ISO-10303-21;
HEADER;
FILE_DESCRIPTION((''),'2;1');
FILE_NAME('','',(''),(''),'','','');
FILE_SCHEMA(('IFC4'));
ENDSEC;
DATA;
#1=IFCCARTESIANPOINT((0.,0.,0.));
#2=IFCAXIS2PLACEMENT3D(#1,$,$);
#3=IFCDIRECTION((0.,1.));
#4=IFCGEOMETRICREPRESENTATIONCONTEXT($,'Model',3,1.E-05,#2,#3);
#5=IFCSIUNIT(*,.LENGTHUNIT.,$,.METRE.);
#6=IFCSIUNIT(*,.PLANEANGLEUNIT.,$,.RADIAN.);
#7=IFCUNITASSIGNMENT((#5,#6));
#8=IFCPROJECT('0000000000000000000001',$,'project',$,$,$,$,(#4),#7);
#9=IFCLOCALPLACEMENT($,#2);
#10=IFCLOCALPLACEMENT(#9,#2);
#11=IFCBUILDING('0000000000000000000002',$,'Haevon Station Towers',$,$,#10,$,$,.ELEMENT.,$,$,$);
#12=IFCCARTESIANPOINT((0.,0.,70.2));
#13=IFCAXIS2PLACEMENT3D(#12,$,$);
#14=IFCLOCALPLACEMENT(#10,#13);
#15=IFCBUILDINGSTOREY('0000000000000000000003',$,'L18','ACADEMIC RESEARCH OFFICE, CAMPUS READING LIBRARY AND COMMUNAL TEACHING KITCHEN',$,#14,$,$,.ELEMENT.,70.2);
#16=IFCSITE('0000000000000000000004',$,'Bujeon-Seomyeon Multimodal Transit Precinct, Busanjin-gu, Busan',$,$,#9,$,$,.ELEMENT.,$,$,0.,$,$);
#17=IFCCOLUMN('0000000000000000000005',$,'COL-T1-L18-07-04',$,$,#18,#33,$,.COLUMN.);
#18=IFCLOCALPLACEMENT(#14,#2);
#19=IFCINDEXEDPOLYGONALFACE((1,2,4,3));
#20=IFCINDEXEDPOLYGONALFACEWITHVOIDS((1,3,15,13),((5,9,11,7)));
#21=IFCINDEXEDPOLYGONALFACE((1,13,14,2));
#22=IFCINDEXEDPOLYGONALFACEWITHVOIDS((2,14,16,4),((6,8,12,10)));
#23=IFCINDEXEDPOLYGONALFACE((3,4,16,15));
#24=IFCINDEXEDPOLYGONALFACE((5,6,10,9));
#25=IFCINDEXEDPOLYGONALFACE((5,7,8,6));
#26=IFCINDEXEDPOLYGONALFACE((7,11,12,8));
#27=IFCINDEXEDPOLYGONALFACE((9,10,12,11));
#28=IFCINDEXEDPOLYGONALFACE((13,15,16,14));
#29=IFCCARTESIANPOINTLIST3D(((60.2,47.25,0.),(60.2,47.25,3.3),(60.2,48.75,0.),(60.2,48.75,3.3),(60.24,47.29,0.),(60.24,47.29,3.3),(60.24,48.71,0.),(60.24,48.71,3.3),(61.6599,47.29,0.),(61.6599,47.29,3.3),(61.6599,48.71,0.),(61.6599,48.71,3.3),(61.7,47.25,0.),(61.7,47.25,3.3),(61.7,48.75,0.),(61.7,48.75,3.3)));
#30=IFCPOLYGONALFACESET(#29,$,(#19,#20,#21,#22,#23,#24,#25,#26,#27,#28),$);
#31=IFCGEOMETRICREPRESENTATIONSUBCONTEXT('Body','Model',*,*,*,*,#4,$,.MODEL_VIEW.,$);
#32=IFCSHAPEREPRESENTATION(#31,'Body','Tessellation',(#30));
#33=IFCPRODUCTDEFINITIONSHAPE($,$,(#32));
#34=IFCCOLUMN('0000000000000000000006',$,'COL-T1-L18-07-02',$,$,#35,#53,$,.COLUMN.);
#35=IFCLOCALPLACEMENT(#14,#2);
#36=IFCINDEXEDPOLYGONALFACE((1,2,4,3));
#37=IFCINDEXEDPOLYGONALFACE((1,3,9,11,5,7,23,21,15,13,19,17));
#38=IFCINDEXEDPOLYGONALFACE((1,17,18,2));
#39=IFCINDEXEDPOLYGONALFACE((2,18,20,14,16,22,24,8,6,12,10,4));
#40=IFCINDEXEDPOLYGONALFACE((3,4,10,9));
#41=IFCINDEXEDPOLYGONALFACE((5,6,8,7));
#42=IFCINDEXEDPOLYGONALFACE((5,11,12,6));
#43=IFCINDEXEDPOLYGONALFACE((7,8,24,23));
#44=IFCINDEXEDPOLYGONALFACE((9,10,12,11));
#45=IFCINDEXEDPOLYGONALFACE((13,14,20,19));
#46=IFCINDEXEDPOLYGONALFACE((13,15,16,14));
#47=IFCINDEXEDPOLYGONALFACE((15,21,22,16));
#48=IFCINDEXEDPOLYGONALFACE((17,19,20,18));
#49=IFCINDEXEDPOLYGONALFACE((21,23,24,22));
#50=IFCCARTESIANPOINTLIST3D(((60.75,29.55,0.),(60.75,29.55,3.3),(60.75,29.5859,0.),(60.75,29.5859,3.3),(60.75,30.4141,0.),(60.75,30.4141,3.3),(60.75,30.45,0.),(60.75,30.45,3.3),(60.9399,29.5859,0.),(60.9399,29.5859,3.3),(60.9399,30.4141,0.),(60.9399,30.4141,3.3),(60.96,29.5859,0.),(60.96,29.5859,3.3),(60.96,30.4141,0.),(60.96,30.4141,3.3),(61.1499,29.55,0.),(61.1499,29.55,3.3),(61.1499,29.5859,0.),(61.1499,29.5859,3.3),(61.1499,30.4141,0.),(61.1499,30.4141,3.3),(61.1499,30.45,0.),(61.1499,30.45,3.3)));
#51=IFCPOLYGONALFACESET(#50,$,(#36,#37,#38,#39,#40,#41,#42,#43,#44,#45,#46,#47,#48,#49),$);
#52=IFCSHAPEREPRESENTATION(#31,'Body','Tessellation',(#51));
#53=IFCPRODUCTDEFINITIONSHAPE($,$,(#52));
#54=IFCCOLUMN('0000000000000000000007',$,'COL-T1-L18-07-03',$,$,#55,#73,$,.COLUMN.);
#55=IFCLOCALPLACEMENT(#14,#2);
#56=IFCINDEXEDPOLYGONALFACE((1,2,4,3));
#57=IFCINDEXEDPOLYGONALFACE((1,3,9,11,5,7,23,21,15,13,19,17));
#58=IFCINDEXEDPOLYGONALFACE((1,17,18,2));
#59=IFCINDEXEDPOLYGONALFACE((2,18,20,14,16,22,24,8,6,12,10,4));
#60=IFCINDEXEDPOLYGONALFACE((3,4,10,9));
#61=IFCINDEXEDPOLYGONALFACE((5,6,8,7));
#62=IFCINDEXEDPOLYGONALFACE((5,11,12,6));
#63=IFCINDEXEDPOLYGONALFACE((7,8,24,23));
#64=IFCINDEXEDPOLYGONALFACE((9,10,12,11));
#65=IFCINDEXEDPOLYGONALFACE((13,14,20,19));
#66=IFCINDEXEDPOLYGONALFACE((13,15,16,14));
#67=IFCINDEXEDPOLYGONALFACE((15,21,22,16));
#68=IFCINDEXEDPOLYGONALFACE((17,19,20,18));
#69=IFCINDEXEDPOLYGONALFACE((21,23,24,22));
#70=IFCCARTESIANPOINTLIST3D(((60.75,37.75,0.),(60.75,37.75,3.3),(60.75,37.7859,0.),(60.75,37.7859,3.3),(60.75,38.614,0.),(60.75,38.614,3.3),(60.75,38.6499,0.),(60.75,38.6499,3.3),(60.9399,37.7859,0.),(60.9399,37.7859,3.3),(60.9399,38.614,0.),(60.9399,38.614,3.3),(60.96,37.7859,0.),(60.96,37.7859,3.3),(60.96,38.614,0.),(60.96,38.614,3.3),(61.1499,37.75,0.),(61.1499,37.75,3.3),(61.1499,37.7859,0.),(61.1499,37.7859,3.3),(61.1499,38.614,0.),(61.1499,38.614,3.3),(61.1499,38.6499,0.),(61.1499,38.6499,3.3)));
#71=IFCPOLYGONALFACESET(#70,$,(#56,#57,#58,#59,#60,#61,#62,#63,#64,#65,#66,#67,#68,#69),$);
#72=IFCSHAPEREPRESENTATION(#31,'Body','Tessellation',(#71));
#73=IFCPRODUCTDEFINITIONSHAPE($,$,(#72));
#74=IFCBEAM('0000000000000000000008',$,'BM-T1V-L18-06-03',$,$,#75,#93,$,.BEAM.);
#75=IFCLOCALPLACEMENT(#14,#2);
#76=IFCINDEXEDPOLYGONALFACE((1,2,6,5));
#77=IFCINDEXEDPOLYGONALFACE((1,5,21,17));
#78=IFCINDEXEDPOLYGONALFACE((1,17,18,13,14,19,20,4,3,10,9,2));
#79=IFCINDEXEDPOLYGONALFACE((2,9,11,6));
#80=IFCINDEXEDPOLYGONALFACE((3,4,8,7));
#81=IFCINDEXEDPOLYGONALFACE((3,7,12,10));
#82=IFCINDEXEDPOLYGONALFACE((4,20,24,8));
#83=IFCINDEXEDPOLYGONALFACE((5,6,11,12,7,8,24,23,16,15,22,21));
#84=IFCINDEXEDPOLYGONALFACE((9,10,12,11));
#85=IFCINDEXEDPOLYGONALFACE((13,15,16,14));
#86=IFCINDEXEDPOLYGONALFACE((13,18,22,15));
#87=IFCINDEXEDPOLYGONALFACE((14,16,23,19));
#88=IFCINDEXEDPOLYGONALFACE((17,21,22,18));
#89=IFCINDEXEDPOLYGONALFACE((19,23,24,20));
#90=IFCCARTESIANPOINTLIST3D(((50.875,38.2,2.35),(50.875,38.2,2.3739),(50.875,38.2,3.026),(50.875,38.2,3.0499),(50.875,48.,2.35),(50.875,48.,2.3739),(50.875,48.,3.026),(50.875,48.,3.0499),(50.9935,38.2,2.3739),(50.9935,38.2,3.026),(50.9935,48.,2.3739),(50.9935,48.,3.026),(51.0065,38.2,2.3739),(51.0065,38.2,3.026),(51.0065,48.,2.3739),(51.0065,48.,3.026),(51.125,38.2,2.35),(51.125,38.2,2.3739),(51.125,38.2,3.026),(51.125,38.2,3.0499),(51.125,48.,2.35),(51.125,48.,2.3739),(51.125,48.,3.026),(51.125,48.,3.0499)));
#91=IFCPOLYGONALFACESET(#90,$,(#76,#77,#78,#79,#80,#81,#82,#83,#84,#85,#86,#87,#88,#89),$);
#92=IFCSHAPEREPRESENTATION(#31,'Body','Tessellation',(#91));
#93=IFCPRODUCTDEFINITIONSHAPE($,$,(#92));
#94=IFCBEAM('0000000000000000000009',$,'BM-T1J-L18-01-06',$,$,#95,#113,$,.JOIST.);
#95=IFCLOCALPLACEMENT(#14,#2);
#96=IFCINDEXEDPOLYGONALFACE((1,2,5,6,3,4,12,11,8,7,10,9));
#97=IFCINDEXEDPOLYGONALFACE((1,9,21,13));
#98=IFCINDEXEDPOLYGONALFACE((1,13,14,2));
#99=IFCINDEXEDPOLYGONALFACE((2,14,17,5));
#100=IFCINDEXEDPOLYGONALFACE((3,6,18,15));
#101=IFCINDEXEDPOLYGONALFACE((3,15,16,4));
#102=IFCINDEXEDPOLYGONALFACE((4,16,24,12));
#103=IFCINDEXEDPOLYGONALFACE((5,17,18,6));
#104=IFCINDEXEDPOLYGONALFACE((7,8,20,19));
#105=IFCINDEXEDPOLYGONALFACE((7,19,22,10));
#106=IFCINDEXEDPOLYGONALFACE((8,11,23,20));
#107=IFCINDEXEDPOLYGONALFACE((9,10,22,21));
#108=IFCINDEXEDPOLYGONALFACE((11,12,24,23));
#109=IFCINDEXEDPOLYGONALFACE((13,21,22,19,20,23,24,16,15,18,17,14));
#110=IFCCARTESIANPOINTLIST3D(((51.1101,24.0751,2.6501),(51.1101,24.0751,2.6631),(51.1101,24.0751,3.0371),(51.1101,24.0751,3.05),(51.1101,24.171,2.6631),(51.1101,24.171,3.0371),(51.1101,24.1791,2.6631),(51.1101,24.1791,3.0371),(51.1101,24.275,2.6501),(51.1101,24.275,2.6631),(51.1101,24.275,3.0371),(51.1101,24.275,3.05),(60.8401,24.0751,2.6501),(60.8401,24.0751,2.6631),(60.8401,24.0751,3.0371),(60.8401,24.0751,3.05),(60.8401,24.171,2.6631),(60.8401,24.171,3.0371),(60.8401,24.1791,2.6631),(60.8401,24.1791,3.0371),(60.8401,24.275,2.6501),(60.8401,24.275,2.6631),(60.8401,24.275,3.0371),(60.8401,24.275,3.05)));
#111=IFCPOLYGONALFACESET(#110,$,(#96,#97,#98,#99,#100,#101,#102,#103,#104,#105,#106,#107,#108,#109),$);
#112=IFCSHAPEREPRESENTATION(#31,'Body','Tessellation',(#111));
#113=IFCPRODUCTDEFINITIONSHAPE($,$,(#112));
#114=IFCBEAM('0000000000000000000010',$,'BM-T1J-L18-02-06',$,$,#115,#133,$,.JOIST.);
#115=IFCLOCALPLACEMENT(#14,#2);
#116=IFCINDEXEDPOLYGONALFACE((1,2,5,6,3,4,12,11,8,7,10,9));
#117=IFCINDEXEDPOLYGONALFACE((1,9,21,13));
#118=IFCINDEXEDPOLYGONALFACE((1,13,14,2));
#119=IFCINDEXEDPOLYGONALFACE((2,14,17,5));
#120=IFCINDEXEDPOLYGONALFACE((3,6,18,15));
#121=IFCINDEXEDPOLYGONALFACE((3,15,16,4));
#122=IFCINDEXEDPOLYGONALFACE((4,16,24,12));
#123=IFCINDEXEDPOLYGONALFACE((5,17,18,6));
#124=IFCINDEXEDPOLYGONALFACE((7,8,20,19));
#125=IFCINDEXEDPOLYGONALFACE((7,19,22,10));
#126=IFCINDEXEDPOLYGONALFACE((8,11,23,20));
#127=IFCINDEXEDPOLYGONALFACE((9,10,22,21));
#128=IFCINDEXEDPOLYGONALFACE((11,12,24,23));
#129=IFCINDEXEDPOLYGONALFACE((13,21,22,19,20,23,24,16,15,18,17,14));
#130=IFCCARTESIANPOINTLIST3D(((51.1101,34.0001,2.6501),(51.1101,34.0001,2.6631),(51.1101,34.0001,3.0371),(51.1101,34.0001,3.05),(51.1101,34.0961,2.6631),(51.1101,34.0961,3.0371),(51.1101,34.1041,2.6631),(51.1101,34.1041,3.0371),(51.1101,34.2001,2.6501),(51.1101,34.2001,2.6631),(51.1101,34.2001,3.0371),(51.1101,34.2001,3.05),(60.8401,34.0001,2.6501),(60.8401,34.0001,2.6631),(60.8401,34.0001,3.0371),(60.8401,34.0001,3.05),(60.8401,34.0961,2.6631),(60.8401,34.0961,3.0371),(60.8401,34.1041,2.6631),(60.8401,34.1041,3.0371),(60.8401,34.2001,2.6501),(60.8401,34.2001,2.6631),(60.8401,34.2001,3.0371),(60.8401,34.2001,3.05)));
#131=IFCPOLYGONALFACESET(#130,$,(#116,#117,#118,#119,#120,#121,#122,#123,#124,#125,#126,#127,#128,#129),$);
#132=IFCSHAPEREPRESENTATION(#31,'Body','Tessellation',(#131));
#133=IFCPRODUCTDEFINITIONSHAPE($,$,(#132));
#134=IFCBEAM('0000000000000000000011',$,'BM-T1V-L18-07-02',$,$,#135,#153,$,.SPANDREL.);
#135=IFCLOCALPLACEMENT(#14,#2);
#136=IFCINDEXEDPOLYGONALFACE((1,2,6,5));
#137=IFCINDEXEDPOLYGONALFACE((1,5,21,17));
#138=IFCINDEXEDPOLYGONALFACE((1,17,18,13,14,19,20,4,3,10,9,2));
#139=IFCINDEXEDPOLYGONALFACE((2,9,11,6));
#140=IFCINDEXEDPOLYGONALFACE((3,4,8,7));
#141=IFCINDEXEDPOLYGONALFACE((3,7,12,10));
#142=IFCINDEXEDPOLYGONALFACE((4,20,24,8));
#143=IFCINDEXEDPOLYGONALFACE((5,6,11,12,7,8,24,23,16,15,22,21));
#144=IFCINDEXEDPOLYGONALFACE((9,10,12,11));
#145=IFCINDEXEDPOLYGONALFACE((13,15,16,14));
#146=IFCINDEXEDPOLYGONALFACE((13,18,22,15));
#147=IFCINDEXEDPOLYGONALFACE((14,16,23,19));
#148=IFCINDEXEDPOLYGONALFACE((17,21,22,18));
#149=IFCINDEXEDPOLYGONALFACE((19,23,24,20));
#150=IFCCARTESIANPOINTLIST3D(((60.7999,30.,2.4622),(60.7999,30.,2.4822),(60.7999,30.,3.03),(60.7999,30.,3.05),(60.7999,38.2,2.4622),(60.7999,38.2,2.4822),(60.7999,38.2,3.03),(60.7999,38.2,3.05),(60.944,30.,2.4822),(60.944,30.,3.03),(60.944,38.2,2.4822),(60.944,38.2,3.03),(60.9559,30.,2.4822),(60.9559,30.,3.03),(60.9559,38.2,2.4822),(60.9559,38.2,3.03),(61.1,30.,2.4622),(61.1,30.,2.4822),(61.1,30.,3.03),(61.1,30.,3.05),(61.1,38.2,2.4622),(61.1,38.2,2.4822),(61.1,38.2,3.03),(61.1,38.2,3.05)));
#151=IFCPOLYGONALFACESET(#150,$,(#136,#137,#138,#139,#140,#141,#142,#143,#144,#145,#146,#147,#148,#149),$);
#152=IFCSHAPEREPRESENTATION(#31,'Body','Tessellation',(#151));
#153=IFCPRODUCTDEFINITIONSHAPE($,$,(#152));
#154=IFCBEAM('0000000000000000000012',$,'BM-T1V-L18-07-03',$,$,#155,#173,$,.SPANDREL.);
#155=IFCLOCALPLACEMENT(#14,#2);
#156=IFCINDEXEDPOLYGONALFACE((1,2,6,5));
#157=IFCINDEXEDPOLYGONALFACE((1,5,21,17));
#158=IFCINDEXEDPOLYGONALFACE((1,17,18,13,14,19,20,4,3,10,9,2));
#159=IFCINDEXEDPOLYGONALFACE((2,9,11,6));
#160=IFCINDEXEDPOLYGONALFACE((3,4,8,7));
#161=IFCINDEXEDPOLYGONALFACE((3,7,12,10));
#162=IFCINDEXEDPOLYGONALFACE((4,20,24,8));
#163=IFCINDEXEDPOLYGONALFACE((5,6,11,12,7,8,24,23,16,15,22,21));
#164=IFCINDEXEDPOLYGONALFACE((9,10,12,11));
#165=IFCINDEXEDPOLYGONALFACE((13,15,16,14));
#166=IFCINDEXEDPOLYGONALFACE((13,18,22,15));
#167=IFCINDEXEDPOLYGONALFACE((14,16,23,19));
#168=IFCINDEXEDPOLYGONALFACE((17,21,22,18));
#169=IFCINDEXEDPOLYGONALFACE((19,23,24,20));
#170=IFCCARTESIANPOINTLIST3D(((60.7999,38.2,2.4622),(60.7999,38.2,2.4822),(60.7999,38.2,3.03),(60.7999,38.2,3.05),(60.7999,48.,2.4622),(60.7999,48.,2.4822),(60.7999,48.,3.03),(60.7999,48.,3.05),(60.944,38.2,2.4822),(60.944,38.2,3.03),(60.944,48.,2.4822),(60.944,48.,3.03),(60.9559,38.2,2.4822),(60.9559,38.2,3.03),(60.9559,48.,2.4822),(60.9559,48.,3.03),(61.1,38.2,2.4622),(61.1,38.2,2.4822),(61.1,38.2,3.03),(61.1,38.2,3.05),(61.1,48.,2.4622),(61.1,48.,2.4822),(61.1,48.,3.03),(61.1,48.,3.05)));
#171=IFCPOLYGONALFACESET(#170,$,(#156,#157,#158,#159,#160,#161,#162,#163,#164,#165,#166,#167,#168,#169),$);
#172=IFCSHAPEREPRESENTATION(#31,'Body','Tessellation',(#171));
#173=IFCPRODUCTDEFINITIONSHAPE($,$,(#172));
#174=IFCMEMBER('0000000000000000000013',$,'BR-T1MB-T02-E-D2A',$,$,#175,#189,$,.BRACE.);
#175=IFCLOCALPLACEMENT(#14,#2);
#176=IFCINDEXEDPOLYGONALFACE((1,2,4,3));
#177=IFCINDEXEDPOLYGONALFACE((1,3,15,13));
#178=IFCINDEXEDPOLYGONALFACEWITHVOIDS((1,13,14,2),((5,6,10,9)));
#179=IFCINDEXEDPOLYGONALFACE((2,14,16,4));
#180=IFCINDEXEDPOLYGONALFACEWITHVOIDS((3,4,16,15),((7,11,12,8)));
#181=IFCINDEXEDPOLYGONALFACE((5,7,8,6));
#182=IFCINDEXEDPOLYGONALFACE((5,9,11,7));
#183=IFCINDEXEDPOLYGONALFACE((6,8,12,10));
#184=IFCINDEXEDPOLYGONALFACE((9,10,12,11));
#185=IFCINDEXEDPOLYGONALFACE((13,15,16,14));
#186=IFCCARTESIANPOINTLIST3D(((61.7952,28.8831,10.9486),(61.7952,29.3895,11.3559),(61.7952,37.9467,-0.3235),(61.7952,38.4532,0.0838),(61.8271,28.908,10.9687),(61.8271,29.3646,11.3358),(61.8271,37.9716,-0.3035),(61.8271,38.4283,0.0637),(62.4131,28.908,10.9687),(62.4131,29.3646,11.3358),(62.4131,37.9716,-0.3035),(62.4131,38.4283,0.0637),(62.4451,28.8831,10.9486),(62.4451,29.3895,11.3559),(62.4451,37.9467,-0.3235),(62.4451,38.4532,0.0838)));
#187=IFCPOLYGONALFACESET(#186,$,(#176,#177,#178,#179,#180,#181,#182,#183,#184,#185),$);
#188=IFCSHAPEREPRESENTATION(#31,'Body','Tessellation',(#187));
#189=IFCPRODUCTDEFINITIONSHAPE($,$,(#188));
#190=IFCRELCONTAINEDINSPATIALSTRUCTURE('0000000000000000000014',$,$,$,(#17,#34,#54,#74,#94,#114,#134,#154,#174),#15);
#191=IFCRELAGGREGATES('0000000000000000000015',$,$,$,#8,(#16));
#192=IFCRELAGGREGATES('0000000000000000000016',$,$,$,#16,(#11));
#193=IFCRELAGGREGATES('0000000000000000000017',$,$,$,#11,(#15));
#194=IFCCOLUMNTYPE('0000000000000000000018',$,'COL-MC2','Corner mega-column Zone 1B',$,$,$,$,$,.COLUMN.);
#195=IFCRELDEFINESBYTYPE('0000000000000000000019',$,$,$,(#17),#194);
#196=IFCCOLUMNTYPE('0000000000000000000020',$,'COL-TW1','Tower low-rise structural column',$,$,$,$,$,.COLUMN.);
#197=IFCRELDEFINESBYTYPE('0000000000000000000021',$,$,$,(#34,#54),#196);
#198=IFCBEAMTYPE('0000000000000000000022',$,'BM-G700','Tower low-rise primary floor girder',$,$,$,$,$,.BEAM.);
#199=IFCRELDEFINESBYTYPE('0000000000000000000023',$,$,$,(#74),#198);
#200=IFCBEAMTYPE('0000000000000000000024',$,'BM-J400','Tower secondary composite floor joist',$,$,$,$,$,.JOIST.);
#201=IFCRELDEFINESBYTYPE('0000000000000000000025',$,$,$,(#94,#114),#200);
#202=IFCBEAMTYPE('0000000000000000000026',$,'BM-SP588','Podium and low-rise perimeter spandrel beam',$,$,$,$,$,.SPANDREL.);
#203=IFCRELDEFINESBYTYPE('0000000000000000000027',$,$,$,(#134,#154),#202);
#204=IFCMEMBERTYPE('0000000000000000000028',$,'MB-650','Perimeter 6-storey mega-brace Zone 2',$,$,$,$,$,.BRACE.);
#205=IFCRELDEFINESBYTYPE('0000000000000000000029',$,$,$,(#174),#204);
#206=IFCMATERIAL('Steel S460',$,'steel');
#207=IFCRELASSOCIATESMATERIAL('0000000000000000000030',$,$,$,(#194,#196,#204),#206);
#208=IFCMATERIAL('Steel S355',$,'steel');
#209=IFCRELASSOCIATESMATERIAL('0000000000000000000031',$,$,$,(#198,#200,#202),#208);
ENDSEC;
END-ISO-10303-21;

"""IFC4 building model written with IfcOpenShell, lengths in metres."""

from ifc_helpers import new_model, si_unit, direction, frame, origin, origin_2d, place, context, subcontext, project, spatial, hollow_rectangle, i_section, extrude, material, material_profile, profile_set, type_object, element, save


model = new_model("IFC4")

# Units and contexts
model_context = context("Model", 3, precision=1e-05, world=origin(), true_north=direction((0.0, 1.0)))
body_context = subcontext(model_context, "Body", "Model", "MODEL_VIEW")
ifc_project = project(units=[si_unit("LENGTHUNIT", "METRE"), si_unit("PLANEANGLEUNIT", "RADIAN")], contexts=[model_context])

# Site, building, storey
site_placement = place(None, origin())
site = spatial("IfcSite", under=ifc_project, at=site_placement, Name="Bujeon-Seomyeon Multimodal Transit Precinct, Busanjin-gu, Busan", CompositionType="ELEMENT", RefElevation=0.0)
building_placement = place(site_placement, origin())
building = spatial("IfcBuilding", under=site, at=building_placement, Name="Haevon Station Towers", CompositionType="ELEMENT")
storey_placement = place(building_placement, frame((0.0, 0.0, 70.2)))
storey = spatial("IfcBuildingStorey", under=building, at=storey_placement, Name="L18", Description="ACADEMIC RESEARCH OFFICE, CAMPUS READING LIBRARY AND COMMUNAL TEACHING KITCHEN", CompositionType="ELEMENT", Elevation=70.2)

# Columns
ifc_material_1 = material(Name="Steel S460", Category="steel")
ifc_material_profile_1 = material_profile(ifc_material_1, hollow_rectangle(XDim=1.5, YDim=1.5, WallThickness=0.04, at=origin_2d()), Name="BOX-1500x1500x40")
ifc_profile_set_1 = profile_set([ifc_material_profile_1], Name="Steel S460")
column_type_1 = type_object("IfcColumnType", Name="COL-MC2", Description="Corner mega-column Zone 1B", PredefinedType="COLUMN", material=ifc_profile_set_1)
column_placement = place(storey_placement, frame((60.95, 48.0, 0.0), z_axis=(0.0, 0.0, 1.0), x_axis=(1.0, 0.0, 0.0)))
element("IfcColumn", 1, at=column_placement, inside=storey, type_object=column_type_1, Name="COL-T1-L18-07-04", PredefinedType="COLUMN", context=body_context, shape_type="SweptSolid", body=[
    extrude(hollow_rectangle(XDim=1.5, YDim=1.5, WallThickness=0.04, at=origin_2d()), origin(), (0.0, 0.0, 1.0), 3.3),
])
ifc_material_profile_2 = material_profile(ifc_material_1, i_section(OverallWidth=0.3999, OverallDepth=0.8999, WebThickness=0.02, FlangeThickness=0.0359, at=origin_2d()), Name="H-900x400x20x36")
ifc_profile_set_2 = profile_set([ifc_material_profile_2], Name="Steel S460")
column_type_2 = type_object("IfcColumnType", Name="COL-TW1", Description="Tower low-rise structural column", PredefinedType="COLUMN", material=ifc_profile_set_2)
for number, where, z_axis, x_axis, name in (
    (2, (60.95, 30.0, 0.0), (0.0, 0.0, 1.0), (1.0, 0.0, 0.0), "COL-T1-L18-07-02"),
    (3, (60.95, 38.2, 0.0), (0.0, 0.0, 1.0), (1.0, 0.0, 0.0), "COL-T1-L18-07-03"),
):
    element("IfcColumn", number, at=place(storey_placement, frame(where, z_axis=z_axis, x_axis=x_axis)), inside=storey, type_object=column_type_2, Name=name, PredefinedType="COLUMN", context=body_context, shape_type="SweptSolid", body=[
        extrude(i_section(OverallWidth=0.3999, OverallDepth=0.8999, WebThickness=0.02, FlangeThickness=0.0359, at=origin_2d()), origin(), (0.0, 0.0, 1.0), 3.3),
    ])

# Beams
ifc_material_2 = material(Name="Steel S355", Category="steel")
ifc_material_profile_3 = material_profile(ifc_material_2, i_section(OverallWidth=0.25, OverallDepth=0.7, WebThickness=0.0129, FlangeThickness=0.0239, at=origin_2d()), Name="H-700x250x13x24")
ifc_profile_set_3 = profile_set([ifc_material_profile_3], Name="Steel S355")
beam_type_1 = type_object("IfcBeamType", Name="BM-G700", Description="Tower low-rise primary floor girder", PredefinedType="BEAM", material=ifc_profile_set_3)
beam_1_placement = place(storey_placement, frame((51.0, 38.2, 2.7), z_axis=(0.0, 1.0, 0.0), x_axis=(-1.0, 0.0, 0.0)))
element("IfcBeam", 4, at=beam_1_placement, inside=storey, type_object=beam_type_1, Name="BM-T1V-L18-06-03", PredefinedType="BEAM", context=body_context, shape_type="SweptSolid", body=[
    extrude(i_section(OverallWidth=0.25, OverallDepth=0.7, WebThickness=0.0129, FlangeThickness=0.0239, at=origin_2d()), origin(), (0.0, 0.0, 1.0), 9.8),
])
ifc_material_profile_4 = material_profile(ifc_material_2, i_section(OverallWidth=0.2, OverallDepth=0.3999, WebThickness=0.0081, FlangeThickness=0.0129, at=origin_2d()), Name="H-400x200x8x13")
ifc_profile_set_4 = profile_set([ifc_material_profile_4], Name="Steel S355")
beam_type_2 = type_object("IfcBeamType", Name="BM-J400", Description="Tower secondary composite floor joist", PredefinedType="JOIST", material=ifc_profile_set_4)
for number, where, z_axis, x_axis, name in (
    (5, (51.1101, 24.175, 2.8501), (1.0, 0.0, 0.0), (0.0, 1.0, 0.0), "BM-T1J-L18-01-06"),
    (6, (51.1101, 34.1001, 2.8501), (1.0, 0.0, 0.0), (0.0, 1.0, 0.0), "BM-T1J-L18-02-06"),
):
    element("IfcBeam", number, at=place(storey_placement, frame(where, z_axis=z_axis, x_axis=x_axis)), inside=storey, type_object=beam_type_2, Name=name, PredefinedType="JOIST", context=body_context, shape_type="SweptSolid", body=[
        extrude(i_section(OverallWidth=0.2, OverallDepth=0.3999, WebThickness=0.0081, FlangeThickness=0.0129, at=origin_2d()), origin(), (0.0, 0.0, 1.0), 9.73),
    ])
ifc_material_profile_5 = material_profile(ifc_material_2, i_section(OverallWidth=0.3, OverallDepth=0.5879, WebThickness=0.012, FlangeThickness=0.02, at=origin_2d()), Name="H-588x300x12x20")
ifc_profile_set_5 = profile_set([ifc_material_profile_5], Name="Steel S355")
beam_type_3 = type_object("IfcBeamType", Name="BM-SP588", Description="Podium and low-rise perimeter spandrel beam", PredefinedType="SPANDREL", material=ifc_profile_set_5)
beam_2_placement = place(storey_placement, frame((60.95, 30.0, 2.7561), z_axis=(0.0, 1.0, 0.0), x_axis=(-1.0, 0.0, 0.0)))
element("IfcBeam", 7, at=beam_2_placement, inside=storey, type_object=beam_type_3, Name="BM-T1V-L18-07-02", PredefinedType="SPANDREL", context=body_context, shape_type="SweptSolid", body=[
    extrude(i_section(OverallWidth=0.3, OverallDepth=0.5879, WebThickness=0.012, FlangeThickness=0.02, at=origin_2d()), origin(), (0.0, 0.0, 1.0), 8.2),
])
beam_3_placement = place(storey_placement, frame((60.95, 38.2, 2.7561), z_axis=(0.0, 1.0, 0.0), x_axis=(-1.0, 0.0, 0.0)))
element("IfcBeam", 8, at=beam_3_placement, inside=storey, type_object=beam_type_3, Name="BM-T1V-L18-07-03", PredefinedType="SPANDREL", context=body_context, shape_type="SweptSolid", body=[
    extrude(i_section(OverallWidth=0.3, OverallDepth=0.5879, WebThickness=0.012, FlangeThickness=0.02, at=origin_2d()), origin(), (0.0, 0.0, 1.0), 9.8),
])

# Member
ifc_material_profile_6 = material_profile(ifc_material_1, hollow_rectangle(XDim=0.6499, YDim=0.6499, WallThickness=0.032, at=origin_2d()), Name="RHS-650x650x32")
ifc_profile_set_6 = profile_set([ifc_material_profile_6], Name="Steel S460")
member_type = type_object("IfcMemberType", Name="MB-650", Description="Perimeter 6-storey mega-brace Zone 2", PredefinedType="BRACE", material=ifc_profile_set_6)
member_placement = place(storey_placement, frame((62.1201, 38.2, -0.1199), z_axis=(0.0, -0.62663, 0.779317), x_axis=(1.0, 0.0, 0.0)))
element("IfcMember", 9, at=member_placement, inside=storey, type_object=member_type, Name="BR-T1MB-T02-E-D2A", PredefinedType="BRACE", context=body_context, shape_type="SweptSolid", body=[
    extrude(hollow_rectangle(XDim=0.6499, YDim=0.6499, WallThickness=0.032, at=origin_2d()), origin(), (0.0, 0.0, 1.0), 14.4641),
])

save(model, "model.ifc")
